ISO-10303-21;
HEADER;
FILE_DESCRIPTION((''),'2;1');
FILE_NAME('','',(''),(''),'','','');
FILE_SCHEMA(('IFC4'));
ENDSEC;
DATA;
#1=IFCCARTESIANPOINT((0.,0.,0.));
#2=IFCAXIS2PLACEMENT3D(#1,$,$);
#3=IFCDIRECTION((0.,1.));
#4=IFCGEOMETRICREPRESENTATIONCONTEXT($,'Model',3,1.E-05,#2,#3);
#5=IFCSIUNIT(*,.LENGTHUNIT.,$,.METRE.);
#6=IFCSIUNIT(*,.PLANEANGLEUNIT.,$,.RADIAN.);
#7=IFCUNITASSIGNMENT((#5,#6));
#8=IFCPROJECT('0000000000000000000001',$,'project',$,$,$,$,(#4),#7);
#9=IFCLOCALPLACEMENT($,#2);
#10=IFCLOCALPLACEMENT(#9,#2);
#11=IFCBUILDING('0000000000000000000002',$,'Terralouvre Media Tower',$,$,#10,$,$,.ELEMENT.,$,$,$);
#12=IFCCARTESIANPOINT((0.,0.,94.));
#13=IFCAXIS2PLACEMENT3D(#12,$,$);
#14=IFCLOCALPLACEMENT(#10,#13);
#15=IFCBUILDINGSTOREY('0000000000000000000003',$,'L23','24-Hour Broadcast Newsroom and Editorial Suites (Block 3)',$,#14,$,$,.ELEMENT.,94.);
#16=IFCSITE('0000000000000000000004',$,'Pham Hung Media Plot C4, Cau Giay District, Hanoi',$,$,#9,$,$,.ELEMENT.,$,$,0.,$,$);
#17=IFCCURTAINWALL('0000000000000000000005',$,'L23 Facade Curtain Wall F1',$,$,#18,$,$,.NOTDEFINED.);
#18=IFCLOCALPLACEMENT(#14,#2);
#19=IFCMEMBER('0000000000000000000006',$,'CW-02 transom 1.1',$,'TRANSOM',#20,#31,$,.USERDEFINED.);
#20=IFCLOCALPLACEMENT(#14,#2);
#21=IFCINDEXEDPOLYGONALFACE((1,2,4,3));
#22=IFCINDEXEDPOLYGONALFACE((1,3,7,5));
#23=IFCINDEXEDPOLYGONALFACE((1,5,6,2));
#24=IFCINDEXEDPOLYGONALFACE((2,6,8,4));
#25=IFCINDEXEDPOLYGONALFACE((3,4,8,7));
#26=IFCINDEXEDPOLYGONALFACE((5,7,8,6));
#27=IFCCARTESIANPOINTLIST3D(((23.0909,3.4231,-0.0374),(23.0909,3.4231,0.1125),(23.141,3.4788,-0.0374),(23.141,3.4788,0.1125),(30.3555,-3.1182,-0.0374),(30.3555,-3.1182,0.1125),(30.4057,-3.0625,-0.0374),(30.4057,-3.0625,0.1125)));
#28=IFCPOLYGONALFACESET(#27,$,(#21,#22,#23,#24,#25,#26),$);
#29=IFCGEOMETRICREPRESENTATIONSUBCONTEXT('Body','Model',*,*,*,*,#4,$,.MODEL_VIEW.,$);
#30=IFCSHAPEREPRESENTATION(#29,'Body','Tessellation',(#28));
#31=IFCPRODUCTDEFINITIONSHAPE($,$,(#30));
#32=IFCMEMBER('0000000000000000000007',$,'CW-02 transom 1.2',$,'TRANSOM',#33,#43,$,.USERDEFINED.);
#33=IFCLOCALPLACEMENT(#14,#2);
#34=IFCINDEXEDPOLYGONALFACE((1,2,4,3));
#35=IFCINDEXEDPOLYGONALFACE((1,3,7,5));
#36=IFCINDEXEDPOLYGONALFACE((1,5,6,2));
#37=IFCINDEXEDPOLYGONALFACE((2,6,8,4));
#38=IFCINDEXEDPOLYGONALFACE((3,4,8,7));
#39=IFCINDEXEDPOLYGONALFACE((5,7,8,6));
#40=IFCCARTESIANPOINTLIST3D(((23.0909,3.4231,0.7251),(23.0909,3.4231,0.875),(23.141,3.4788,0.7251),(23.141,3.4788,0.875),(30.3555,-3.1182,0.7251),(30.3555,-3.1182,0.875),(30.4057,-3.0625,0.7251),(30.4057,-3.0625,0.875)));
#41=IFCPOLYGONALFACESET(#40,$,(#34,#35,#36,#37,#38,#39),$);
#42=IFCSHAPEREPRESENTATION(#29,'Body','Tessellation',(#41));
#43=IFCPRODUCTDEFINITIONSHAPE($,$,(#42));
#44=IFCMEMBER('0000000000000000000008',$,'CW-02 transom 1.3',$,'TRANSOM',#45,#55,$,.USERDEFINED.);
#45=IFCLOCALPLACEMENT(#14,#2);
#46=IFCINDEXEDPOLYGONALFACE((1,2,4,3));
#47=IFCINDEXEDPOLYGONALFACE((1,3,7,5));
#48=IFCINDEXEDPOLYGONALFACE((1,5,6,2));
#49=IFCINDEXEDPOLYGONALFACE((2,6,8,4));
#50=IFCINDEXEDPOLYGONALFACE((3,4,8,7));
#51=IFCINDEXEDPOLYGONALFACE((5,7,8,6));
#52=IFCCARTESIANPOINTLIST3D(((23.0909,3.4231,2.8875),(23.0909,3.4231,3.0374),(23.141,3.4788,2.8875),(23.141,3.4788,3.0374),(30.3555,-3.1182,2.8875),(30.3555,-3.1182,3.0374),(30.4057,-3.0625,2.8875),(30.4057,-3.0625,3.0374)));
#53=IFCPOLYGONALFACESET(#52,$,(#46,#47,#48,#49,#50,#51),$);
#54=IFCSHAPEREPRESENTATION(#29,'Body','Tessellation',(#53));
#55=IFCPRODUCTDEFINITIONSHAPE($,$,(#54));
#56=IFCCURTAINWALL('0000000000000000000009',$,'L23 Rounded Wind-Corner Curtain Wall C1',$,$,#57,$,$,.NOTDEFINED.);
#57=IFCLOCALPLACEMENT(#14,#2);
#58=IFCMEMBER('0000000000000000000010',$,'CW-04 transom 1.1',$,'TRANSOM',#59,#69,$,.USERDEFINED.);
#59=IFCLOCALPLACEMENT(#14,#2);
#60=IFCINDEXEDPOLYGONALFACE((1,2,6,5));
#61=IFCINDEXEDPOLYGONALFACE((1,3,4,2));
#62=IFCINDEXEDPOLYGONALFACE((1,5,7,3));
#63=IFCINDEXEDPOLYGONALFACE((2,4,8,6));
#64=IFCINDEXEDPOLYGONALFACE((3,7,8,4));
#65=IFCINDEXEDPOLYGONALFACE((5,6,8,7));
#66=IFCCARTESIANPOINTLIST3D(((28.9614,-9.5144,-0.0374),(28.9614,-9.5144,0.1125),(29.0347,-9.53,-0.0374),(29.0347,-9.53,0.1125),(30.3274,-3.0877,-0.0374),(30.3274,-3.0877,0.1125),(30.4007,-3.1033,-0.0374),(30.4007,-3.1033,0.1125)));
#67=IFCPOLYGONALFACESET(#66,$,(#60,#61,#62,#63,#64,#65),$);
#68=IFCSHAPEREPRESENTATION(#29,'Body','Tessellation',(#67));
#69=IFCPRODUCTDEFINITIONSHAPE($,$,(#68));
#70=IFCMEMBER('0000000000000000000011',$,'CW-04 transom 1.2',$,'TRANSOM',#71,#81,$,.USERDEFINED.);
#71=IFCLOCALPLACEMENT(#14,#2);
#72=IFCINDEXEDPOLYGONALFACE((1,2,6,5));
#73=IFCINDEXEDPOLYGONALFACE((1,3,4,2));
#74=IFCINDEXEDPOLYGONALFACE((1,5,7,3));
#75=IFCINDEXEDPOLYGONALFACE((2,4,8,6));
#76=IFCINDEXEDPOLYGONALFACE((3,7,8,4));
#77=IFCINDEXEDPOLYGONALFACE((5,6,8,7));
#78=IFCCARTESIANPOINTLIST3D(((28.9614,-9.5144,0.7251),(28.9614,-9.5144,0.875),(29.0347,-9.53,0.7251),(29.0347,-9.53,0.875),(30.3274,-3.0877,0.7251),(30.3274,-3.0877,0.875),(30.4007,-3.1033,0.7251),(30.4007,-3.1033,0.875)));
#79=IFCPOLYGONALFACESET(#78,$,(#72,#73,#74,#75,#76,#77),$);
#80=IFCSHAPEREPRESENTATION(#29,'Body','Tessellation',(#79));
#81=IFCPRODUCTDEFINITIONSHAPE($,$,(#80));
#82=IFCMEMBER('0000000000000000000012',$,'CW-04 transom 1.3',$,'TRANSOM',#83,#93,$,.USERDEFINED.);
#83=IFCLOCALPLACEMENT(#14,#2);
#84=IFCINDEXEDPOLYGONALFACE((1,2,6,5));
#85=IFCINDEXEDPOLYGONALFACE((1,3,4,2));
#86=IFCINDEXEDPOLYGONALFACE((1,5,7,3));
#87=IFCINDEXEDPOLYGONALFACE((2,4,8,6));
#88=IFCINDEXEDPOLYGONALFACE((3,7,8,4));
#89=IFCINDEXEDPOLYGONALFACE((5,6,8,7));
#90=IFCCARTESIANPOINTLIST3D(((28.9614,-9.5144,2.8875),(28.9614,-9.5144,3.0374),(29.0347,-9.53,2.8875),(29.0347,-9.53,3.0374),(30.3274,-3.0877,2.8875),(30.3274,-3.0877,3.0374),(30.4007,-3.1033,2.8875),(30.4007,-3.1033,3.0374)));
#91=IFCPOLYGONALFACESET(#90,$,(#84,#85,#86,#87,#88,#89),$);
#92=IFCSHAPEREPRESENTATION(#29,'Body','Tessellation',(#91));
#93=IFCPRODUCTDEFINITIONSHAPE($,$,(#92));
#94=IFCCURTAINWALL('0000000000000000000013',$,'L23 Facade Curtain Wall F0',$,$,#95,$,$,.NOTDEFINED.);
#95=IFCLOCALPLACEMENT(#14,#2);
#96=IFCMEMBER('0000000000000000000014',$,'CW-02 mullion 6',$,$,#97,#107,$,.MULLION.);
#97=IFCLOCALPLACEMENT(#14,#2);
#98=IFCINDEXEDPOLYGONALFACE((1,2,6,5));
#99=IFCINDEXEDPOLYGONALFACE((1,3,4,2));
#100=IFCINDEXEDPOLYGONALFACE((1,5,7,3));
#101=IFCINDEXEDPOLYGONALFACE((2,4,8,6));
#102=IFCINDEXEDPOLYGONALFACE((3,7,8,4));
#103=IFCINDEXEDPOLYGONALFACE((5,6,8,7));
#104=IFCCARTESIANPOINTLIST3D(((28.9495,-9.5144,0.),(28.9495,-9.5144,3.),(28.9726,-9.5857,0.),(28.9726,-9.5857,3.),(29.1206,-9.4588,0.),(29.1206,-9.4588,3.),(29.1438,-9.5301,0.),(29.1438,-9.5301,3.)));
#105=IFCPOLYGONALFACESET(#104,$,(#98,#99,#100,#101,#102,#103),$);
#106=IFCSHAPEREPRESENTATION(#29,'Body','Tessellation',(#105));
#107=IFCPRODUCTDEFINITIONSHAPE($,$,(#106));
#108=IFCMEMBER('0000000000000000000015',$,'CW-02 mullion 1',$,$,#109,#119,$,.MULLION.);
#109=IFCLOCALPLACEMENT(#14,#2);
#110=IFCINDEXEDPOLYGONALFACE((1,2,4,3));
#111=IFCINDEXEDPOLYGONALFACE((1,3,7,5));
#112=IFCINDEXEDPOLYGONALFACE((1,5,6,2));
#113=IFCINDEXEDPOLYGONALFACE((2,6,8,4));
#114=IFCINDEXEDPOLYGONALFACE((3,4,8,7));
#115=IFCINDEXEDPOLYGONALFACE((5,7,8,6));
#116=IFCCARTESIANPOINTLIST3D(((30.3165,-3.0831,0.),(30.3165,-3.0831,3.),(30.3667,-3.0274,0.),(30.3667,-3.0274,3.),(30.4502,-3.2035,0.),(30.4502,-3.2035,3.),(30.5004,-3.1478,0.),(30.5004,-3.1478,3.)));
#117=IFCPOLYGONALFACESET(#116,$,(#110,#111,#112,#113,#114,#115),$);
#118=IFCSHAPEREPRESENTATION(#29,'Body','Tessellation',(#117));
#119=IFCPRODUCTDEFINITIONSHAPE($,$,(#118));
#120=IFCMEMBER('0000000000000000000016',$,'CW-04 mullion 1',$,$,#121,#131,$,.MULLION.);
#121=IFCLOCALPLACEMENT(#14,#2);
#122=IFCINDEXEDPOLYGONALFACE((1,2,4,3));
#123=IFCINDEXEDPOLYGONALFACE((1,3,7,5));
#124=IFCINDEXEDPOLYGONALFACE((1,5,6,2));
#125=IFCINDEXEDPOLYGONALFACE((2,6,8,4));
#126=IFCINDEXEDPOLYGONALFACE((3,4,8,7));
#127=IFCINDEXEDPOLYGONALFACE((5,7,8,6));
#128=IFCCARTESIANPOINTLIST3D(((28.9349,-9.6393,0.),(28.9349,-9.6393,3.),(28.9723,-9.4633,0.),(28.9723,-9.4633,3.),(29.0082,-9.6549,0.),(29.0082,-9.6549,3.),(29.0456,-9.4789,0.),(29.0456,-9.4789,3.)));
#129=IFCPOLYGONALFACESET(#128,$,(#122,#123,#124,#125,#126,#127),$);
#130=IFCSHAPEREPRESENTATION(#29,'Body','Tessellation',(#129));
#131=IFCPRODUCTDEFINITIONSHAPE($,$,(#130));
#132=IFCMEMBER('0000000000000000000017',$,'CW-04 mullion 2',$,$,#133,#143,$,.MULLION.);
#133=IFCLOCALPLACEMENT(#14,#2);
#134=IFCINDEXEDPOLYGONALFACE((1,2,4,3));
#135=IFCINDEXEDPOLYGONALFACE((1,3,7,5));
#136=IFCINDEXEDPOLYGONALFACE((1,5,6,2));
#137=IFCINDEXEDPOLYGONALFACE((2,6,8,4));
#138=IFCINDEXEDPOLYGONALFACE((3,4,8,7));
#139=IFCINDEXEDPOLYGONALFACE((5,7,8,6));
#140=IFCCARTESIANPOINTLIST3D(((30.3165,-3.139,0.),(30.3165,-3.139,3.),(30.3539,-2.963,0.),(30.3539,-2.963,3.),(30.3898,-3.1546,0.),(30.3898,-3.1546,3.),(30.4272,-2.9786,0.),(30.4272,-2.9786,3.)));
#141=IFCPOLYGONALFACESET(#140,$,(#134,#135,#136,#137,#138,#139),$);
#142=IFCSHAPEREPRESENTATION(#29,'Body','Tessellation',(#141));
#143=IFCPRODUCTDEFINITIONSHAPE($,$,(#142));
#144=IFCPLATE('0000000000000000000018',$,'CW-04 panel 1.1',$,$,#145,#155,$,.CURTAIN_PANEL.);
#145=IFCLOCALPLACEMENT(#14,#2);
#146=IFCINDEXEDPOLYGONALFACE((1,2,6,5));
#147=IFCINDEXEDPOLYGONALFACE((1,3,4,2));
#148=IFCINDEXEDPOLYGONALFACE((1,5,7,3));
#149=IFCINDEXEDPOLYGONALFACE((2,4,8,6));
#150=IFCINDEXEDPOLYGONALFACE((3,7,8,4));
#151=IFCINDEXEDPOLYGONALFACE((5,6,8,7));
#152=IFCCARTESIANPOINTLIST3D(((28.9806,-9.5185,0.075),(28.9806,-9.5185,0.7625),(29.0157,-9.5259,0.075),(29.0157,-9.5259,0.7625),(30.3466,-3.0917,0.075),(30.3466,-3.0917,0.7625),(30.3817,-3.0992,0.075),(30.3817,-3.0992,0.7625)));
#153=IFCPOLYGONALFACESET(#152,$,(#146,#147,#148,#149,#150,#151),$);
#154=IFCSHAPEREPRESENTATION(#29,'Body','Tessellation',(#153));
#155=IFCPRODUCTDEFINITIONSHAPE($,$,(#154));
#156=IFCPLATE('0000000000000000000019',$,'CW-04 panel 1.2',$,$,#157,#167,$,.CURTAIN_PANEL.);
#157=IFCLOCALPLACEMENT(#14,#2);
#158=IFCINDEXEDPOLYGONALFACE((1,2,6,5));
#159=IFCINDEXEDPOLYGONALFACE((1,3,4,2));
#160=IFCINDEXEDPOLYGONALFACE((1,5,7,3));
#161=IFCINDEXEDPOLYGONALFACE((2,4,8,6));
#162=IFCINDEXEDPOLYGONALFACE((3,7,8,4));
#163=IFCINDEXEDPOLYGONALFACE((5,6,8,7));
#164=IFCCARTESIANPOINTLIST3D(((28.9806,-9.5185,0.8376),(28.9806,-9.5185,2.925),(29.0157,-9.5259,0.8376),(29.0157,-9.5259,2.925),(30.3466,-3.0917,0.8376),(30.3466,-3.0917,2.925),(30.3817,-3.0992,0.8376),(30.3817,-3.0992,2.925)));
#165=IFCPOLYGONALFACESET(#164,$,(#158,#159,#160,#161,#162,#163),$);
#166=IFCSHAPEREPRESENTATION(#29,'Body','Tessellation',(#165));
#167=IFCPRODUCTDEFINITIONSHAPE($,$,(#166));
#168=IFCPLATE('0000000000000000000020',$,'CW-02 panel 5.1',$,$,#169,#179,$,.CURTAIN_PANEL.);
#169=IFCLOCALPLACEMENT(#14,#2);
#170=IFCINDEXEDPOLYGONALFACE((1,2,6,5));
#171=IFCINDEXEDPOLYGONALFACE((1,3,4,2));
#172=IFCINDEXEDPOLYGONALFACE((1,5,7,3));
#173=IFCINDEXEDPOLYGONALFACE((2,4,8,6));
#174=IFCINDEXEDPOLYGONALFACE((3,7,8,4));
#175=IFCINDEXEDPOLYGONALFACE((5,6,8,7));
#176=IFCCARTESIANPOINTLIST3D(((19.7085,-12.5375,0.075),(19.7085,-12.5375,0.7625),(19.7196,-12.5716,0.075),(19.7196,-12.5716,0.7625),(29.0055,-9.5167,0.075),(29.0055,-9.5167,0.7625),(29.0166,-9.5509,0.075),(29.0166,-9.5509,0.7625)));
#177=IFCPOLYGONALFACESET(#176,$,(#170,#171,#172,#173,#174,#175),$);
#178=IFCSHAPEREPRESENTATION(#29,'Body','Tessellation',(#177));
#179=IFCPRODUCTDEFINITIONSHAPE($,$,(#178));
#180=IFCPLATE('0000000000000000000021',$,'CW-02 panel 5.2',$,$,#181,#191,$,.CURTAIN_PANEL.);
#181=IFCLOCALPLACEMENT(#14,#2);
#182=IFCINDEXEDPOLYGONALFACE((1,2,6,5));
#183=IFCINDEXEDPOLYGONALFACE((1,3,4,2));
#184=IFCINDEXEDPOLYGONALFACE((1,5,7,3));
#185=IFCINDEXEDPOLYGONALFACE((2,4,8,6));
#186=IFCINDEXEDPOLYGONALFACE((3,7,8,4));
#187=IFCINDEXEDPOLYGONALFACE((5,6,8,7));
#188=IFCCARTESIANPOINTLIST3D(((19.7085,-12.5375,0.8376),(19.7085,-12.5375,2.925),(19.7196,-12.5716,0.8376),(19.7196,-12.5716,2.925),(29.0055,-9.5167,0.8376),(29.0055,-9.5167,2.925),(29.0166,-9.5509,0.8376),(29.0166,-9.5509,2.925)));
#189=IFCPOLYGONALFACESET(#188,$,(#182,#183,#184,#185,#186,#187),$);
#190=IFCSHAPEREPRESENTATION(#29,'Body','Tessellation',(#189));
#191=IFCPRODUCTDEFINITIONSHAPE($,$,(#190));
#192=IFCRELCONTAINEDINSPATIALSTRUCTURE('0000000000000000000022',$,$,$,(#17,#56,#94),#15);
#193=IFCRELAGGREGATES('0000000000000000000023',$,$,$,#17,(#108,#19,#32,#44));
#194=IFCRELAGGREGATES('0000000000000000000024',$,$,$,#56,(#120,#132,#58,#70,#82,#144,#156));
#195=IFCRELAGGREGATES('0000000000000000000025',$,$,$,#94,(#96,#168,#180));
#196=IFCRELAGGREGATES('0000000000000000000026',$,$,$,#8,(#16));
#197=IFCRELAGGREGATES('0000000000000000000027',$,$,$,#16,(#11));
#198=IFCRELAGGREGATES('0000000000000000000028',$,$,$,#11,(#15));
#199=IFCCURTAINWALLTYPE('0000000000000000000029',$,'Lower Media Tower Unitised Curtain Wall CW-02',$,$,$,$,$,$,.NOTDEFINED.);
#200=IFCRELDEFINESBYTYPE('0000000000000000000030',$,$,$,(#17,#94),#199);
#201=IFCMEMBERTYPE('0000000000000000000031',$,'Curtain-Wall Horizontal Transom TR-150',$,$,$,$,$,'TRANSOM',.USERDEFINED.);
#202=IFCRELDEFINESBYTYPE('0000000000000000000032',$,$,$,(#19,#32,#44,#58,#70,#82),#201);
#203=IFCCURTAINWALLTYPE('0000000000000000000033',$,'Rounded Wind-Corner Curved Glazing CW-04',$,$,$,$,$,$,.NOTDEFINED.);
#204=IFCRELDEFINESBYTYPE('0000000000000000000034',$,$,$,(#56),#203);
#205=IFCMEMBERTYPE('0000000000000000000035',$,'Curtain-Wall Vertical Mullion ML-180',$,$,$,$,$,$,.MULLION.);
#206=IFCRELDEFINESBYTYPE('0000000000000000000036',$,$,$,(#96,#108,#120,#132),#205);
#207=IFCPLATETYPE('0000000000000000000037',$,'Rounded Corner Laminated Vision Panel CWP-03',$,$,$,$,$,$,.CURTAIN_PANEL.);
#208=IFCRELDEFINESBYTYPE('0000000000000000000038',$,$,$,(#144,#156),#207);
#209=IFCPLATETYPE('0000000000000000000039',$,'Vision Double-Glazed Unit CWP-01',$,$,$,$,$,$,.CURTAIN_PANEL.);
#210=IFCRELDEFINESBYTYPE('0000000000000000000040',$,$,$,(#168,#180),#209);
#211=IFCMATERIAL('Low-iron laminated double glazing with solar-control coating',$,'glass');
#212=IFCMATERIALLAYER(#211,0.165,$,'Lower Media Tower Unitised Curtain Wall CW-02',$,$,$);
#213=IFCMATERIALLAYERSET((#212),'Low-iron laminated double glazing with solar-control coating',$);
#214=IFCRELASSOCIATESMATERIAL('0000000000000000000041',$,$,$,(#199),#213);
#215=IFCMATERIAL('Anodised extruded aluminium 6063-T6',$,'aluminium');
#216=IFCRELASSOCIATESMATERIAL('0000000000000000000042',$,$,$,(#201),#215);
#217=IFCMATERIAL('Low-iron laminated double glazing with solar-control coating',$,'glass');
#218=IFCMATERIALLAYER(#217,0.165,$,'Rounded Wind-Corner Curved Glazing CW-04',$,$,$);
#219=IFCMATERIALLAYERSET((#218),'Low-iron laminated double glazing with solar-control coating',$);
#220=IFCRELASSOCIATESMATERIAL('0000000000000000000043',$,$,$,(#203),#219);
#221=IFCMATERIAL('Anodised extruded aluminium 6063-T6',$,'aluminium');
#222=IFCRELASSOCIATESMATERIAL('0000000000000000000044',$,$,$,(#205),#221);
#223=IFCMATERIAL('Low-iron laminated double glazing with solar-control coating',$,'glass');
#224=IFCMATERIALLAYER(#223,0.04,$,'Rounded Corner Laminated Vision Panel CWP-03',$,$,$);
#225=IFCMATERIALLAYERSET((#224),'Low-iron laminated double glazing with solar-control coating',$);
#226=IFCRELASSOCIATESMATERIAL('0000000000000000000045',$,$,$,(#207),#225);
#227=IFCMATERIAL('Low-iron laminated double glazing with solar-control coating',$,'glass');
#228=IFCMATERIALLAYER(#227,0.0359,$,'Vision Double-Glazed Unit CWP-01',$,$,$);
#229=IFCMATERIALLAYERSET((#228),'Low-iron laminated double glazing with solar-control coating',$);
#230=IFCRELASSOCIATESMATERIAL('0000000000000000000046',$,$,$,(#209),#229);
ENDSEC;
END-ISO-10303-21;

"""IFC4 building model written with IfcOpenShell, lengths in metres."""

from ifc_helpers import new_model, si_unit, direction, frame, origin, origin_2d, place, context, subcontext, project, spatial, rectangle, extrude, material, layer, layer_set, material_profile, profile_set, type_object, element, aggregate, save


model = new_model("IFC4")

# Units and contexts
model_context = context("Model", 3, precision=1e-05, world=origin(), true_north=direction((0.0, 1.0)))
body_context = subcontext(model_context, "Body", "Model", "MODEL_VIEW")
ifc_project = project(units=[si_unit("LENGTHUNIT", "METRE"), si_unit("PLANEANGLEUNIT", "RADIAN")], contexts=[model_context])

# Site, building, storey
site_placement = place(None, origin())
site = spatial("IfcSite", under=ifc_project, at=site_placement, Name="Pham Hung Media Plot C4, Cau Giay District, Hanoi", CompositionType="ELEMENT", RefElevation=0.0)
building_placement = place(site_placement, origin())
building = spatial("IfcBuilding", under=site, at=building_placement, Name="Terralouvre Media Tower", CompositionType="ELEMENT")
storey_placement = place(building_placement, frame((0.0, 0.0, 94.0)))
storey = spatial("IfcBuildingStorey", under=building, at=storey_placement, Name="L23", Description="24-Hour Broadcast Newsroom and Editorial Suites (Block 3)", CompositionType="ELEMENT", Elevation=94.0)

# Curtain walls, members
ifc_material_1 = material(Name="Low-iron laminated double glazing with solar-control coating", Category="glass")
ifc_layer_1 = layer(ifc_material_1, 0.165, Name="Lower Media Tower Unitised Curtain Wall CW-02")
ifc_layer_set_1 = layer_set([ifc_layer_1], Name="Low-iron laminated double glazing with solar-control coating")
curtain_wall_type_1 = type_object("IfcCurtainWallType", Name="Lower Media Tower Unitised Curtain Wall CW-02", PredefinedType="NOTDEFINED", material=ifc_layer_set_1)
curtain_wall_1_placement = place(storey_placement, origin())
curtain_wall_1 = element("IfcCurtainWall", 1, at=curtain_wall_1_placement, inside=storey, type_object=curtain_wall_type_1, Name="L23 Facade Curtain Wall F1", PredefinedType="NOTDEFINED")
ifc_material_2 = material(Name="Anodised extruded aluminium 6063-T6", Category="aluminium")
ifc_material_profile_1 = material_profile(ifc_material_2, rectangle(XDim=0.075, YDim=0.1499, at=origin_2d()), Name="ALU 75x150")
ifc_profile_set_1 = profile_set([ifc_material_profile_1], Name="Anodised extruded aluminium 6063-T6")
member_type_1 = type_object("IfcMemberType", Name="Curtain-Wall Horizontal Transom TR-150", ElementType="TRANSOM", PredefinedType="USERDEFINED", material=ifc_profile_set_1)
member_1_placement = place(storey_placement, frame((30.3806, -3.0903, 0.0376), z_axis=(-0.743138, 0.669139, 0.0), x_axis=(-0.669139, -0.743138, 0.0)))
member_1 = element("IfcMember", 2, at=member_1_placement, type_object=member_type_1, Name="CW-02 transom 1.1", ObjectType="TRANSOM", PredefinedType="USERDEFINED", context=body_context, shape_type="SweptSolid", body=[
    extrude(rectangle(XDim=0.075, YDim=0.1499, at=origin_2d()), origin(), (0.0, 0.0, 1.0), 9.7756),
])
member_2_placement = place(storey_placement, frame((30.3806, -3.0903, 0.8), z_axis=(-0.743138, 0.669139, 0.0), x_axis=(-0.669139, -0.743138, 0.0)))
member_2 = element("IfcMember", 3, at=member_2_placement, type_object=member_type_1, Name="CW-02 transom 1.2", ObjectType="TRANSOM", PredefinedType="USERDEFINED", context=body_context, shape_type="SweptSolid", body=[
    extrude(rectangle(XDim=0.075, YDim=0.1499, at=origin_2d()), origin(), (0.0, 0.0, 1.0), 9.7756),
])
member_3_placement = place(storey_placement, frame((30.3806, -3.0903, 2.9624), z_axis=(-0.743138, 0.669139, 0.0), x_axis=(-0.669139, -0.743138, 0.0)))
member_3 = element("IfcMember", 4, at=member_3_placement, type_object=member_type_1, Name="CW-02 transom 1.3", ObjectType="TRANSOM", PredefinedType="USERDEFINED", context=body_context, shape_type="SweptSolid", body=[
    extrude(rectangle(XDim=0.075, YDim=0.1499, at=origin_2d()), origin(), (0.0, 0.0, 1.0), 9.7756),
])
ifc_material_3 = material(Name="Low-iron laminated double glazing with solar-control coating", Category="glass")
ifc_layer_2 = layer(ifc_material_3, 0.165, Name="Rounded Wind-Corner Curved Glazing CW-04")
ifc_layer_set_2 = layer_set([ifc_layer_2], Name="Low-iron laminated double glazing with solar-control coating")
curtain_wall_type_2 = type_object("IfcCurtainWallType", Name="Rounded Wind-Corner Curved Glazing CW-04", PredefinedType="NOTDEFINED", material=ifc_layer_set_2)
curtain_wall_2_placement = place(storey_placement, origin())
curtain_wall_2 = element("IfcCurtainWall", 5, at=curtain_wall_2_placement, inside=storey, type_object=curtain_wall_type_2, Name="L23 Rounded Wind-Corner Curtain Wall C1", PredefinedType="NOTDEFINED")
member_4_placement = place(storey_placement, frame((28.998, -9.5222, 0.0376), z_axis=(0.2079, 0.97815, 0.0), x_axis=(-0.97815, 0.2079, 0.0)))
member_4 = element("IfcMember", 6, at=member_4_placement, type_object=member_type_1, Name="CW-04 transom 1.1", ObjectType="TRANSOM", PredefinedType="USERDEFINED", context=body_context, shape_type="SweptSolid", body=[
    extrude(rectangle(XDim=0.075, YDim=0.1499, at=origin_2d()), origin(), (0.0, 0.0, 1.0), 6.5703),
])
member_5_placement = place(storey_placement, frame((28.998, -9.5222, 0.8), z_axis=(0.2079, 0.97815, 0.0), x_axis=(-0.97815, 0.2079, 0.0)))
member_5 = element("IfcMember", 7, at=member_5_placement, type_object=member_type_1, Name="CW-04 transom 1.2", ObjectType="TRANSOM", PredefinedType="USERDEFINED", context=body_context, shape_type="SweptSolid", body=[
    extrude(rectangle(XDim=0.075, YDim=0.1499, at=origin_2d()), origin(), (0.0, 0.0, 1.0), 6.5703),
])
member_6_placement = place(storey_placement, frame((28.998, -9.5222, 2.9624), z_axis=(0.2079, 0.97815, 0.0), x_axis=(-0.97815, 0.2079, 0.0)))
member_6 = element("IfcMember", 8, at=member_6_placement, type_object=member_type_1, Name="CW-04 transom 1.3", ObjectType="TRANSOM", PredefinedType="USERDEFINED", context=body_context, shape_type="SweptSolid", body=[
    extrude(rectangle(XDim=0.075, YDim=0.1499, at=origin_2d()), origin(), (0.0, 0.0, 1.0), 6.5703),
])

# Curtain wall, member
curtain_wall_3_placement = place(storey_placement, origin())
curtain_wall_3 = element("IfcCurtainWall", 9, at=curtain_wall_3_placement, inside=storey, type_object=curtain_wall_type_1, Name="L23 Facade Curtain Wall F0", PredefinedType="NOTDEFINED")
ifc_material_4 = material(Name="Anodised extruded aluminium 6063-T6", Category="aluminium")
ifc_material_profile_2 = material_profile(ifc_material_4, rectangle(XDim=0.075, YDim=0.1799, at=origin_2d()), Name="ALU 75x180")
ifc_profile_set_2 = profile_set([ifc_material_profile_2], Name="Anodised extruded aluminium 6063-T6")
member_type_2 = type_object("IfcMemberType", Name="Curtain-Wall Vertical Mullion ML-180", PredefinedType="MULLION", material=ifc_profile_set_2)
member_7_placement = place(storey_placement, frame((29.0466, -9.5222, 0.0), z_axis=(0.0, 0.0, 1.0), x_axis=(-0.309017, 0.951057, 0.0)))
member_7 = element("IfcMember", 10, at=member_7_placement, type_object=member_type_2, Name="CW-02 mullion 6", PredefinedType="MULLION", context=body_context, shape_type="SweptSolid", body=[
    extrude(rectangle(XDim=0.075, YDim=0.1799, at=origin_2d()), origin(), (0.0, 0.0, 1.0), 3.0),
])

# Members
member_8_placement = place(storey_placement, frame((30.4084, -3.1155, 0.0), z_axis=(0.0, 0.0, 1.0), x_axis=(-0.669131, -0.743145, 0.0)))
member_8 = element("IfcMember", 11, at=member_8_placement, type_object=member_type_2, Name="CW-02 mullion 1", PredefinedType="MULLION", context=body_context, shape_type="SweptSolid", body=[
    extrude(rectangle(XDim=0.075, YDim=0.1799, at=origin_2d()), origin(), (0.0, 0.0, 1.0), 3.0),
])
aggregate(curtain_wall_1, [member_8, member_1, member_2, member_3])
member_9_placement = place(storey_placement, frame((28.9902, -9.5591, 0.0), z_axis=(0.0, 0.0, 1.0), x_axis=(-0.978148, 0.207912, 0.0)))
member_9 = element("IfcMember", 12, at=member_9_placement, type_object=member_type_2, Name="CW-04 mullion 1", PredefinedType="MULLION", context=body_context, shape_type="SweptSolid", body=[
    extrude(rectangle(XDim=0.075, YDim=0.1799, at=origin_2d()), origin(), (0.0, 0.0, 1.0), 3.0),
])
member_10_placement = place(storey_placement, frame((30.3718, -3.0588, 0.0), z_axis=(0.0, 0.0, 1.0), x_axis=(-0.978148, 0.207912, 0.0)))
member_10 = element("IfcMember", 13, at=member_10_placement, type_object=member_type_2, Name="CW-04 mullion 2", PredefinedType="MULLION", context=body_context, shape_type="SweptSolid", body=[
    extrude(rectangle(XDim=0.075, YDim=0.1799, at=origin_2d()), origin(), (0.0, 0.0, 1.0), 3.0),
])

# Plates
ifc_material_5 = material(Name="Low-iron laminated double glazing with solar-control coating", Category="glass")
ifc_layer_3 = layer(ifc_material_5, 0.04, Name="Rounded Corner Laminated Vision Panel CWP-03")
ifc_layer_set_3 = layer_set([ifc_layer_3], Name="Low-iron laminated double glazing with solar-control coating")
plate_type_1 = type_object("IfcPlateType", Name="Rounded Corner Laminated Vision Panel CWP-03", PredefinedType="CURTAIN_PANEL", material=ifc_layer_set_3)
plate_1_placement = place(storey_placement, frame((29.6812, -6.3088, 0.075), z_axis=(0.0, 0.0, 1.0), x_axis=(0.207912, 0.978148, 0.0)))
plate_1 = element("IfcPlate", 14, at=plate_1_placement, type_object=plate_type_1, Name="CW-04 panel 1.1", PredefinedType="CURTAIN_PANEL", context=body_context, shape_type="SweptSolid", body=[
    extrude(rectangle(XDim=6.5703, YDim=0.0359, at=origin_2d()), origin(), (0.0, 0.0, 1.0), 0.6875),
])
plate_2_placement = place(storey_placement, frame((29.6812, -6.3088, 0.8376), z_axis=(0.0, 0.0, 1.0), x_axis=(0.207912, 0.978148, 0.0)))
plate_2 = element("IfcPlate", 15, at=plate_2_placement, type_object=plate_type_1, Name="CW-04 panel 1.2", PredefinedType="CURTAIN_PANEL", context=body_context, shape_type="SweptSolid", body=[
    extrude(rectangle(XDim=6.5703, YDim=0.0359, at=origin_2d()), origin(), (0.0, 0.0, 1.0), 2.0874),
])
aggregate(curtain_wall_2, [member_9, member_10, member_4, member_5, member_6, plate_1, plate_2])
ifc_material_6 = material(Name="Low-iron laminated double glazing with solar-control coating", Category="glass")
ifc_layer_4 = layer(ifc_material_6, 0.0359, Name="Vision Double-Glazed Unit CWP-01")
ifc_layer_set_4 = layer_set([ifc_layer_4], Name="Low-iron laminated double glazing with solar-control coating")
plate_type_2 = type_object("IfcPlateType", Name="Vision Double-Glazed Unit CWP-01", PredefinedType="CURTAIN_PANEL", material=ifc_layer_set_4)
plate_3_placement = place(storey_placement, frame((24.3625, -11.0442, 0.075), z_axis=(0.0, 0.0, 1.0), x_axis=(0.951057, 0.309017, 0.0)))
plate_3 = element("IfcPlate", 16, at=plate_3_placement, type_object=plate_type_2, Name="CW-02 panel 5.1", PredefinedType="CURTAIN_PANEL", context=body_context, shape_type="SweptSolid", body=[
    extrude(rectangle(XDim=9.7754, YDim=0.0359, at=origin_2d()), origin(), (0.0, 0.0, 1.0), 0.6875),
])
plate_4_placement = place(storey_placement, frame((24.3625, -11.0442, 0.8376), z_axis=(0.0, 0.0, 1.0), x_axis=(0.951057, 0.309017, 0.0)))
plate_4 = element("IfcPlate", 17, at=plate_4_placement, type_object=plate_type_2, Name="CW-02 panel 5.2", PredefinedType="CURTAIN_PANEL", context=body_context, shape_type="SweptSolid", body=[
    extrude(rectangle(XDim=9.7754, YDim=0.0359, at=origin_2d()), origin(), (0.0, 0.0, 1.0), 2.0874),
])
aggregate(curtain_wall_3, [member_7, plate_3, plate_4])

save(model, "model.ifc")
